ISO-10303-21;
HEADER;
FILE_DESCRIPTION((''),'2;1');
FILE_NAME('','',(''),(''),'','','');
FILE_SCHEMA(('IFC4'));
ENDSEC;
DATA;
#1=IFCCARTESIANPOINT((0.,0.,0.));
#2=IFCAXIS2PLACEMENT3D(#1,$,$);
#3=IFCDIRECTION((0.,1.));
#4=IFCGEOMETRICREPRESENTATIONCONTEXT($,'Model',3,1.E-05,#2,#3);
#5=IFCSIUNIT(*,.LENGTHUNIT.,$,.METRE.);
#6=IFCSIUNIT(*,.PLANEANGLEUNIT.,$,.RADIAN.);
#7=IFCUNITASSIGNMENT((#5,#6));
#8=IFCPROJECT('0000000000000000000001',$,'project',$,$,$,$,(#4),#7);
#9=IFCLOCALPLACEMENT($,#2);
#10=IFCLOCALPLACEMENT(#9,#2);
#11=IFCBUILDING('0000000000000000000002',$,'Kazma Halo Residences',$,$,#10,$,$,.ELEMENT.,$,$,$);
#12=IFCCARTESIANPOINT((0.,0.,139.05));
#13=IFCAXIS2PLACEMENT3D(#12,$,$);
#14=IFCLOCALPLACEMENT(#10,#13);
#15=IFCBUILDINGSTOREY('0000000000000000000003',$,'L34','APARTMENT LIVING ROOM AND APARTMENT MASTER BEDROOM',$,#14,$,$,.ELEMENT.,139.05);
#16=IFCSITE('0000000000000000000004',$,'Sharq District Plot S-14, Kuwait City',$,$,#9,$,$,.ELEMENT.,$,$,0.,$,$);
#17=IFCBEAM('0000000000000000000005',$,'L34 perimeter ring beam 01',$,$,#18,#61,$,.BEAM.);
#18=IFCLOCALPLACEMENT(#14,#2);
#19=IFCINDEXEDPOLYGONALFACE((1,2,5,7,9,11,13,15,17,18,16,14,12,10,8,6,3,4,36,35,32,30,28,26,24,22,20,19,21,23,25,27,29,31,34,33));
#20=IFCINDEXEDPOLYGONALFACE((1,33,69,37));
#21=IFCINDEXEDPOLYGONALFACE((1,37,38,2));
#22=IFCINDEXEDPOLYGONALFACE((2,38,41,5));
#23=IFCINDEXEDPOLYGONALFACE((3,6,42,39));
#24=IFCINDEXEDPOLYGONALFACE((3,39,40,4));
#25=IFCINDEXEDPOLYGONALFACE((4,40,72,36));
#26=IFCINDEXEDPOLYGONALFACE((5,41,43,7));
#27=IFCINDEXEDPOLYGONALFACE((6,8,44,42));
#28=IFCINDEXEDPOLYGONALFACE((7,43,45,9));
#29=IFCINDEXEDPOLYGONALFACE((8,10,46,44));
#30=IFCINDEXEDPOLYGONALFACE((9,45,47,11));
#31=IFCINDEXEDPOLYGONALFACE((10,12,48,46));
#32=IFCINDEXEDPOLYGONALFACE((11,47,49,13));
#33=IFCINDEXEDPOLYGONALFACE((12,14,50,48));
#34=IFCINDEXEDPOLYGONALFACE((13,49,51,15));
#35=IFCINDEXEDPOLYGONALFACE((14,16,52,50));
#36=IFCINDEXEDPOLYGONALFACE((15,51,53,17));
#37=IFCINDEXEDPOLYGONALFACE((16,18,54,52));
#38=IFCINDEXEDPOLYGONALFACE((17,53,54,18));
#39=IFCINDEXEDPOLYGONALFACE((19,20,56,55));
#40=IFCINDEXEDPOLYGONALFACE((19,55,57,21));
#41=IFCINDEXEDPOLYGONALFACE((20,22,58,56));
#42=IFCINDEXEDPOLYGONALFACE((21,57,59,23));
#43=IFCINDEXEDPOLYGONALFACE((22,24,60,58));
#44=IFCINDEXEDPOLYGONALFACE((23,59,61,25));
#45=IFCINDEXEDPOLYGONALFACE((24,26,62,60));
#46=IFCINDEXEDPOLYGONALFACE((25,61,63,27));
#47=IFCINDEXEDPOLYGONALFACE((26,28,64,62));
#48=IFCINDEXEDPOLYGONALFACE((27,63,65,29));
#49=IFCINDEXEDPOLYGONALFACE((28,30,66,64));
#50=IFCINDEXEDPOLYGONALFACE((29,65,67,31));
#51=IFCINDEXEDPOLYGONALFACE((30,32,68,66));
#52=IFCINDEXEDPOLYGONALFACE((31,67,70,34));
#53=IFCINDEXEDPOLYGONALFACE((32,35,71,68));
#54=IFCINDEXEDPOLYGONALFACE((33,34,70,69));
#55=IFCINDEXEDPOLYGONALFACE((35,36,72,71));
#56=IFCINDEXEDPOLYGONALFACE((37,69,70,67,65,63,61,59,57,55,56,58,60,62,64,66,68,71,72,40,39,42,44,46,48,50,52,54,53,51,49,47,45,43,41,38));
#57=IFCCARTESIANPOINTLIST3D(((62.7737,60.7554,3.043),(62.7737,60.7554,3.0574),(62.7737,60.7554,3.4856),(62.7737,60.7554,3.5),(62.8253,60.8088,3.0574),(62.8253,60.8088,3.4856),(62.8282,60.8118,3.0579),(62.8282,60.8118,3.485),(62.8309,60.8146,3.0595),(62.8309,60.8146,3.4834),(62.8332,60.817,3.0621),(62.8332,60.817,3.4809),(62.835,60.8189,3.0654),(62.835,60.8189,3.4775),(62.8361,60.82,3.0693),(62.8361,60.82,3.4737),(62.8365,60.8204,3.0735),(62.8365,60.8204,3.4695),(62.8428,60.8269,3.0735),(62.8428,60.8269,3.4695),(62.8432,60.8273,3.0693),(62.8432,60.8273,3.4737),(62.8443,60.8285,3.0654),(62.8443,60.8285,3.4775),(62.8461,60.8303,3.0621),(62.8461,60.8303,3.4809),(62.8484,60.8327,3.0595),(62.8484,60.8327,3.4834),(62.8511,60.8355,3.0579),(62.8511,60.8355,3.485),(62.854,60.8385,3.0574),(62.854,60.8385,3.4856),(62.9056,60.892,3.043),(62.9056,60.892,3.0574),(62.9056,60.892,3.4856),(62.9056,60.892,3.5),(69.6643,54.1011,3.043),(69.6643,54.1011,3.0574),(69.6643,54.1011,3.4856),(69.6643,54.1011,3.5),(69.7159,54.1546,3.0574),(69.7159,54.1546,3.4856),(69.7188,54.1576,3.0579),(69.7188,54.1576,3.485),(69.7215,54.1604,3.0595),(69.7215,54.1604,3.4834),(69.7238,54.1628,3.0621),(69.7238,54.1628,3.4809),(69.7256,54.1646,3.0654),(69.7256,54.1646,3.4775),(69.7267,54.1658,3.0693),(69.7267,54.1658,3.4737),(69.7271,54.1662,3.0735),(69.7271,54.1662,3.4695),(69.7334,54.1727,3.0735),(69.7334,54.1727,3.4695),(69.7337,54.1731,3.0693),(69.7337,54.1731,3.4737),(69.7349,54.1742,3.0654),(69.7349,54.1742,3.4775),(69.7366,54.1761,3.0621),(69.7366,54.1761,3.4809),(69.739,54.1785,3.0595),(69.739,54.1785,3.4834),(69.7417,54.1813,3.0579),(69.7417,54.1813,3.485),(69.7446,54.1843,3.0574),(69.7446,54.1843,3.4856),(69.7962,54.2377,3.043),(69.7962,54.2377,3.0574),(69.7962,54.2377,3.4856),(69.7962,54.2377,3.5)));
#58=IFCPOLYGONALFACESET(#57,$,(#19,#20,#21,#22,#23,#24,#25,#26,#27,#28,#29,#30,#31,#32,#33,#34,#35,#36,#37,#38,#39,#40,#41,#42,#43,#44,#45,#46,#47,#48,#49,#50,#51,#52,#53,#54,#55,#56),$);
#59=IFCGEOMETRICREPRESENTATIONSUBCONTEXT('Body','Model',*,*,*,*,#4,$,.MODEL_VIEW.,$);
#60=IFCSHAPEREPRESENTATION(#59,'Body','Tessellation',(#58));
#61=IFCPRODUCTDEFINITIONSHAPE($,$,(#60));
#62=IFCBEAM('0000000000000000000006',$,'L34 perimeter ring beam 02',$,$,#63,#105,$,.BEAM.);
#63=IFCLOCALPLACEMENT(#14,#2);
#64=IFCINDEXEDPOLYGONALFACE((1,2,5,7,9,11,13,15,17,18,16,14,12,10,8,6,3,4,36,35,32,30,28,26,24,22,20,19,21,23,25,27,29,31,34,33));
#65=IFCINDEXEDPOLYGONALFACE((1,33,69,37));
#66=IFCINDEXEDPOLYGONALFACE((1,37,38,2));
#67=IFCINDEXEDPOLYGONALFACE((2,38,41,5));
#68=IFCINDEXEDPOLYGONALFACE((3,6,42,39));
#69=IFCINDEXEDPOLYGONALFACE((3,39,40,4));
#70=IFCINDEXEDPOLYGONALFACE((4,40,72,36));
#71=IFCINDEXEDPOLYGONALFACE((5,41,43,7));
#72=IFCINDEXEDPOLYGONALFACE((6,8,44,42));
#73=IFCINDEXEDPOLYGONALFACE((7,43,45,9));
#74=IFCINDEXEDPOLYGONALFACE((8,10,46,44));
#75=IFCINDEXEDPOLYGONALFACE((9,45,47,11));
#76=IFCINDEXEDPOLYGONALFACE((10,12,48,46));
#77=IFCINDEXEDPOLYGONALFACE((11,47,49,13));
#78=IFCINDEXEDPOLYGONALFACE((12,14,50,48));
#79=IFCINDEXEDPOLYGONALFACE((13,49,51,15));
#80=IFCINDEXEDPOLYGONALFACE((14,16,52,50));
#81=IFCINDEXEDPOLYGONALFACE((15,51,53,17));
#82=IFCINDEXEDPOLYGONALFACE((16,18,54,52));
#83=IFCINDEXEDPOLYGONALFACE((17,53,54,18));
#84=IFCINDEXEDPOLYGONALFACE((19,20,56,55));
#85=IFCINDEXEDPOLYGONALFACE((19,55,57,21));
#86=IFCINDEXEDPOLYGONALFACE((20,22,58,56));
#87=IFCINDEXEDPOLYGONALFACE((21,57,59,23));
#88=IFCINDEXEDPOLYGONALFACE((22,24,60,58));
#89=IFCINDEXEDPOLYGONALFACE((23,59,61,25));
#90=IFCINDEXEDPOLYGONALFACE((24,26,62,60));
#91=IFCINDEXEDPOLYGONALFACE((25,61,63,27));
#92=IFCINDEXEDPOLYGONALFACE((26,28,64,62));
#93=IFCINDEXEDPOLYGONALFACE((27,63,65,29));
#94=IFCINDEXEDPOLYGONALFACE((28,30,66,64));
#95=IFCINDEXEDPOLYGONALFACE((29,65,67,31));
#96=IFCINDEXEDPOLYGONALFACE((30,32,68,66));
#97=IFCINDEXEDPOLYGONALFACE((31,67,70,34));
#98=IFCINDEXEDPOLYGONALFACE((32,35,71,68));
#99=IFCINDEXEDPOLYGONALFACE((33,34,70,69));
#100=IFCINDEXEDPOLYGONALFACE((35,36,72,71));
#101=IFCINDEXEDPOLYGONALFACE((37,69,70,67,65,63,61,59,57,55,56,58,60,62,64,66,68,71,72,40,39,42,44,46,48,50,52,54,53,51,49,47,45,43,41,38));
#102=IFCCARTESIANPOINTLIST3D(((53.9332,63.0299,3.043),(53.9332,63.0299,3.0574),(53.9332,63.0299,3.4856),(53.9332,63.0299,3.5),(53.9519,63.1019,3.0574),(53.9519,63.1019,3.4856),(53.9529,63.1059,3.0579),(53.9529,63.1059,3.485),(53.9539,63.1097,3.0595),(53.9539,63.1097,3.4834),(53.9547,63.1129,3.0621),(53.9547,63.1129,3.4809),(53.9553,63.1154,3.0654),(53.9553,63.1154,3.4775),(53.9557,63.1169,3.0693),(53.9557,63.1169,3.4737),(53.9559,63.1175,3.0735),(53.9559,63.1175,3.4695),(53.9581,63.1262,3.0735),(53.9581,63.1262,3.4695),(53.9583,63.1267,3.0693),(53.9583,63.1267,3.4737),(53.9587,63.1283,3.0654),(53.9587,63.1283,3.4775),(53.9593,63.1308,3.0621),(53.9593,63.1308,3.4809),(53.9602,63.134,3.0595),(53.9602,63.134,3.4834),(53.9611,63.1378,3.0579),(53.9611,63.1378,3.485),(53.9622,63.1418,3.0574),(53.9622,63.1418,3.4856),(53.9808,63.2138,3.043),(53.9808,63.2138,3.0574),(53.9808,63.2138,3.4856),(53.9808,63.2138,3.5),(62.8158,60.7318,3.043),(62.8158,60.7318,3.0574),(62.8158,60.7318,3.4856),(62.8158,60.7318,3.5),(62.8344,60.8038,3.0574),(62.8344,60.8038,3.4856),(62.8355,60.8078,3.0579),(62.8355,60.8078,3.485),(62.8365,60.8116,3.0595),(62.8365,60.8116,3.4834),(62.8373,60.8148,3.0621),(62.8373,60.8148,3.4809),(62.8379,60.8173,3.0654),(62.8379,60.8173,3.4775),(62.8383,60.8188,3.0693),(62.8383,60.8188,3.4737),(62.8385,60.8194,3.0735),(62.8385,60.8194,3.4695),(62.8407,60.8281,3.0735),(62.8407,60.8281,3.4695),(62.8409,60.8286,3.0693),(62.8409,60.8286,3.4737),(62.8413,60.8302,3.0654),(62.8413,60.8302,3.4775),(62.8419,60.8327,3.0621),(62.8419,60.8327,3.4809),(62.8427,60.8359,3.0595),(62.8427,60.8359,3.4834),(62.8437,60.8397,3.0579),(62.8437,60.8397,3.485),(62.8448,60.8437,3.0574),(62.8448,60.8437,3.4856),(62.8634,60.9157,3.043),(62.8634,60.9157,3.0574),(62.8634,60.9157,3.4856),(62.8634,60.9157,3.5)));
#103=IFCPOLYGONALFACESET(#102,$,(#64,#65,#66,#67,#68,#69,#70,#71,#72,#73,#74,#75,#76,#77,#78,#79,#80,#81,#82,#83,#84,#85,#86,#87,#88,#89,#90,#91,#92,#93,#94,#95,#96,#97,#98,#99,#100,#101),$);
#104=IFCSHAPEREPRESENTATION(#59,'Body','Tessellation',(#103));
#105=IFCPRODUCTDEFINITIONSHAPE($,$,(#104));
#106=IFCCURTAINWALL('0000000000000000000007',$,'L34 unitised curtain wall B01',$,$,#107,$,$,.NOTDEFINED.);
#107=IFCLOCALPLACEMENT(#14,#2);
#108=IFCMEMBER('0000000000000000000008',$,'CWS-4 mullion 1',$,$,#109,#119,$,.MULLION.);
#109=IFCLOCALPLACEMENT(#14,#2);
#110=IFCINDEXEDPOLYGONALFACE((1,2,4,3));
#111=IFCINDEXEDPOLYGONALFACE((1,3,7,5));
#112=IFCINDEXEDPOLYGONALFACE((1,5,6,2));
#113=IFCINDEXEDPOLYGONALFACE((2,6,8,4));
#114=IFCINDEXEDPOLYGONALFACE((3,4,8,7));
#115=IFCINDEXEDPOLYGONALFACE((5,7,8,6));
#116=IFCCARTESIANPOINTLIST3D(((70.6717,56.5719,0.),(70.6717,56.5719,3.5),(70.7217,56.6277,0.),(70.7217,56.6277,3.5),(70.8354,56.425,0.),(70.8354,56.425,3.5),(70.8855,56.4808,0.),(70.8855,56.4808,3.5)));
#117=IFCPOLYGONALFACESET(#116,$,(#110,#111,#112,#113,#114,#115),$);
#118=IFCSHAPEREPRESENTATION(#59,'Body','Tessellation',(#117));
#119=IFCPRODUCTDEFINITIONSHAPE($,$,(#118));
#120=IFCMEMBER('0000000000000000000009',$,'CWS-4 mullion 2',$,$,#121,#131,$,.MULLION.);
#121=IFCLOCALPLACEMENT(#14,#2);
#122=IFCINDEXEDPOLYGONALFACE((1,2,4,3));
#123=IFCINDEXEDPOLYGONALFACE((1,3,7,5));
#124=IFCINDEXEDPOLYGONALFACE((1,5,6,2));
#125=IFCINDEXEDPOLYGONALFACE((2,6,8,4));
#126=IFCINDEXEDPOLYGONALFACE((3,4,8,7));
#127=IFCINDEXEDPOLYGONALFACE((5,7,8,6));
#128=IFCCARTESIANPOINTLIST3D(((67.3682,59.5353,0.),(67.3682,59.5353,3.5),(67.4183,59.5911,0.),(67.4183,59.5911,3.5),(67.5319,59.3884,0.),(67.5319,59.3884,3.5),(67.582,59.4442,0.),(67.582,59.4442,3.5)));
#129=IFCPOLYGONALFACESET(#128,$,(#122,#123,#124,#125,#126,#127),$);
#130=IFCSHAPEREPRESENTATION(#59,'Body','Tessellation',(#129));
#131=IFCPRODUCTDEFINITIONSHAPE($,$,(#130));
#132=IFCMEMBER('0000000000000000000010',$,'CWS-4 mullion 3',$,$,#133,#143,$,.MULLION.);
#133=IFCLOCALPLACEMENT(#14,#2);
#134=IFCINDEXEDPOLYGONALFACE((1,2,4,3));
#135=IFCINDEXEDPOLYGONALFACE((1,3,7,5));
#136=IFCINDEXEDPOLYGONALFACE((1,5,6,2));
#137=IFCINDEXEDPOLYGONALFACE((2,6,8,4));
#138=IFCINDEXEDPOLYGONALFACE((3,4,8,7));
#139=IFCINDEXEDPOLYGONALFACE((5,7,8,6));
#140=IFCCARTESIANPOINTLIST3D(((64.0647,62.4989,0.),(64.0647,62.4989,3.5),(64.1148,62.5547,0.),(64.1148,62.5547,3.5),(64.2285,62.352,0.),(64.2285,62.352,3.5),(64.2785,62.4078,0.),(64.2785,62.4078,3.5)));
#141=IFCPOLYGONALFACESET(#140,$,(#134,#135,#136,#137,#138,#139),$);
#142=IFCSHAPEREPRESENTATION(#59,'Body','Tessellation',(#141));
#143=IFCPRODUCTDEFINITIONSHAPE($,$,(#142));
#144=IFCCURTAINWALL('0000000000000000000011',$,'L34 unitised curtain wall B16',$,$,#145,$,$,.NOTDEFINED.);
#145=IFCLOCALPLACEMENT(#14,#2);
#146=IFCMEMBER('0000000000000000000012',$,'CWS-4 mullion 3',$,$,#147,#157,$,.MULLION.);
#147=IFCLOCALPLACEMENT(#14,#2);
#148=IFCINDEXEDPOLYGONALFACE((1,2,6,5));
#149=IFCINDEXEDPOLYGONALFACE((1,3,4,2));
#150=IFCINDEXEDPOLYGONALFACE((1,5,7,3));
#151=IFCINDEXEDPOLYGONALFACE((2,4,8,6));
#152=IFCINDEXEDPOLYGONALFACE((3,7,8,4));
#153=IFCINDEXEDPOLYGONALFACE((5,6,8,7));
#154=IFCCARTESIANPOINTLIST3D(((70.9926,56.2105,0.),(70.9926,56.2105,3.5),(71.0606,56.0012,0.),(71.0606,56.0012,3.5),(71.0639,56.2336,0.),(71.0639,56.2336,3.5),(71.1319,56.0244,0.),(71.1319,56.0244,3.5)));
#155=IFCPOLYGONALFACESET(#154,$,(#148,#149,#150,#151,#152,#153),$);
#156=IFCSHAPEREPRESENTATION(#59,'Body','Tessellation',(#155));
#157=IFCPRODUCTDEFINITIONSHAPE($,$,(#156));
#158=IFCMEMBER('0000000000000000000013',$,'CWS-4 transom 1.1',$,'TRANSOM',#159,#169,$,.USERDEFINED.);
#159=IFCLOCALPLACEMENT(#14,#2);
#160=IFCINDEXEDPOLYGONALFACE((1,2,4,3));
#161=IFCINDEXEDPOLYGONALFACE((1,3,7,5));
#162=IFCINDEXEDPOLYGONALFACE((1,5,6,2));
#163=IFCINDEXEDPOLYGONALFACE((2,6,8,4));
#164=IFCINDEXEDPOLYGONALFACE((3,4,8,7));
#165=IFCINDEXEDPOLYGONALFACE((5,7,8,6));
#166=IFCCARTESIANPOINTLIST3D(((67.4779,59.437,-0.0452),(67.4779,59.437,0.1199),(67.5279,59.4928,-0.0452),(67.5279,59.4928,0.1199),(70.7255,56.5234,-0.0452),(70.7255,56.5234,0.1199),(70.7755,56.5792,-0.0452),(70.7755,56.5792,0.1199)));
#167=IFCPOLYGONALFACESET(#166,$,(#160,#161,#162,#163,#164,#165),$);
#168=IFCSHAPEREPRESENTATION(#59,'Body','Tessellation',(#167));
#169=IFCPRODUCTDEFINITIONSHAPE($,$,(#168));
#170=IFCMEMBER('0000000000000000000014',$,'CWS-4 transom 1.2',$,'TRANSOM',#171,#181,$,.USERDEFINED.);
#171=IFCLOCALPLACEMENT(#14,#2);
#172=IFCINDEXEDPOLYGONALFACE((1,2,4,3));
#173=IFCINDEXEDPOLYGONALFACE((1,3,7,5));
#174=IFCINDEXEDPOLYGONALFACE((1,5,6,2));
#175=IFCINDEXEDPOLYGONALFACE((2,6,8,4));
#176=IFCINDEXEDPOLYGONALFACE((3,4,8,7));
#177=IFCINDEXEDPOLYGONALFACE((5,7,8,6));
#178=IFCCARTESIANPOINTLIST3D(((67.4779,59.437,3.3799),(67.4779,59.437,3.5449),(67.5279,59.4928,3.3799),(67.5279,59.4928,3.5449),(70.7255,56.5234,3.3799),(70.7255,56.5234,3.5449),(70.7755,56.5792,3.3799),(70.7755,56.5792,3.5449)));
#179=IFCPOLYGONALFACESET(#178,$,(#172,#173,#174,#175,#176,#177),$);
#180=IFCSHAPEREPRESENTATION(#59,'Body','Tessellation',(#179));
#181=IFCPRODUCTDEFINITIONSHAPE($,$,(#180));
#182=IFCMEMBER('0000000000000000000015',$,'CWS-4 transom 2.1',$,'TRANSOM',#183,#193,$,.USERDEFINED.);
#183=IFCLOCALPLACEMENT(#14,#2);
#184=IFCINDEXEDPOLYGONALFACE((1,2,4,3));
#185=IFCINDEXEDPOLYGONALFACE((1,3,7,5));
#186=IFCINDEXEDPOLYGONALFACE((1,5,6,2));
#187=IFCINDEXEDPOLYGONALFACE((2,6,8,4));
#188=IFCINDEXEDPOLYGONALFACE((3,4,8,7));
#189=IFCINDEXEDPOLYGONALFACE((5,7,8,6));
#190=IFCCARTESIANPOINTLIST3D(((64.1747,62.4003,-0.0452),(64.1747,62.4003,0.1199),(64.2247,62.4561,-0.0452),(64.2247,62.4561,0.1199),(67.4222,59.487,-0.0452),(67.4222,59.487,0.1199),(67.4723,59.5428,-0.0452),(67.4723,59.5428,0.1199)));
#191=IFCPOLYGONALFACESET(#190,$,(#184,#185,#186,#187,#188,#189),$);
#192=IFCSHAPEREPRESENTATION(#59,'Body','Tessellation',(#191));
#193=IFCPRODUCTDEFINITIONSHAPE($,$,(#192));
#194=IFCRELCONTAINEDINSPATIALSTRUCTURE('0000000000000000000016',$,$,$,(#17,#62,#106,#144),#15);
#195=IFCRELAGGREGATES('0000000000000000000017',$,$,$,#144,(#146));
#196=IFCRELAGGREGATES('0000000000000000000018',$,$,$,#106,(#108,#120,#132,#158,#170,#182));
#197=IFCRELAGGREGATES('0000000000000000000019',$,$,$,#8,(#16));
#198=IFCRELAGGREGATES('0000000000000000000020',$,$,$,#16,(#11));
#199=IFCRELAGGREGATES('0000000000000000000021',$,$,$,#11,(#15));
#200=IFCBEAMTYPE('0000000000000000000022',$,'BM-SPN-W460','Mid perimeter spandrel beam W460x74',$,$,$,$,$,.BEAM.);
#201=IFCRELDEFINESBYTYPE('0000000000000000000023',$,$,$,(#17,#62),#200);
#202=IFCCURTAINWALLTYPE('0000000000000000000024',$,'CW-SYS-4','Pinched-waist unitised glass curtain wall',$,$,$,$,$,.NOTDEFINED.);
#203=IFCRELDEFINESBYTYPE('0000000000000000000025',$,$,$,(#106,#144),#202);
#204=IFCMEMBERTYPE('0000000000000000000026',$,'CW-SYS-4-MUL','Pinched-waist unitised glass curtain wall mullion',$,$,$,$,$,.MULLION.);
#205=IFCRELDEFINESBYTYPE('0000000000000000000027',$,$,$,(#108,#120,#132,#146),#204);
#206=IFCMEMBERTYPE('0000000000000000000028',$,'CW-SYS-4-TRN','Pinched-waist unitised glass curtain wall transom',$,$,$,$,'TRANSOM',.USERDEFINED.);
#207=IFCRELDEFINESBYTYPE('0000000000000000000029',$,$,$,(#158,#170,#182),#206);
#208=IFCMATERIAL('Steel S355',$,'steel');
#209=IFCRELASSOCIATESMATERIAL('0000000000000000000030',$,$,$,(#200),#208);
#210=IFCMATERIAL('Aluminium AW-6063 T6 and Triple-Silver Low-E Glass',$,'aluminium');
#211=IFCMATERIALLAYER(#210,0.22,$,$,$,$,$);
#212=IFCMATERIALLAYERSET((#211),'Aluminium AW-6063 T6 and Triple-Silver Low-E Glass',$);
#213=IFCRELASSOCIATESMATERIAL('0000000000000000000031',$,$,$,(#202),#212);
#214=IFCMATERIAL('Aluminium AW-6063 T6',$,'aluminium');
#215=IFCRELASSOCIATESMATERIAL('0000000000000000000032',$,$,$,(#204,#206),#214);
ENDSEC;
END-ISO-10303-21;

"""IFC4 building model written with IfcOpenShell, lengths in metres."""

from ifc_helpers import new_model, si_unit, direction, frame, origin, origin_2d, place, context, subcontext, project, spatial, rectangle, i_section, extrude, material, layer, layer_set, material_profile, profile_set, type_object, element, aggregate, save


model = new_model("IFC4")

# Units and contexts
model_context = context("Model", 3, precision=1e-05, world=origin(), true_north=direction((0.0, 1.0)))
body_context = subcontext(model_context, "Body", "Model", "MODEL_VIEW")
ifc_project = project(units=[si_unit("LENGTHUNIT", "METRE"), si_unit("PLANEANGLEUNIT", "RADIAN")], contexts=[model_context])

# Site, building, storey
site_placement = place(None, origin())
site = spatial("IfcSite", under=ifc_project, at=site_placement, Name="Sharq District Plot S-14, Kuwait City", CompositionType="ELEMENT", RefElevation=0.0)
building_placement = place(site_placement, origin())
building = spatial("IfcBuilding", under=site, at=building_placement, Name="Kazma Halo Residences", CompositionType="ELEMENT")
storey_placement = place(building_placement, frame((0.0, 0.0, 139.05)))
storey = spatial("IfcBuildingStorey", under=building, at=storey_placement, Name="L34", Description="APARTMENT LIVING ROOM AND APARTMENT MASTER BEDROOM", CompositionType="ELEMENT", Elevation=139.05)

# Beams
ifc_material_1 = material(Name="Steel S355", Category="steel")
ifc_material_profile_1 = material_profile(ifc_material_1, i_section(OverallWidth=0.1899, OverallDepth=0.457, WebThickness=0.009, FlangeThickness=0.0144, FilletRadius=0.0161, at=origin_2d()), Name="W460x74")
ifc_profile_set_1 = profile_set([ifc_material_profile_1], Name="Steel S355")
beam_type_1 = type_object("IfcBeamType", Name="BM-SPN-W460", Description="Mid perimeter spandrel beam W460x74", PredefinedType="BEAM", material=ifc_profile_set_1)
beam_1_placement = place(storey_placement, frame((69.7302, 54.1694, 3.2715), z_axis=(-0.719335, 0.694664, 0.0), x_axis=(-0.694664, -0.719335, 0.0)))
element("IfcBeam", 1, at=beam_1_placement, inside=storey, type_object=beam_type_1, Name="L34 perimeter ring beam 01", PredefinedType="BEAM", context=body_context, shape_type="SweptSolid", body=[
    extrude(i_section(OverallWidth=0.1899, OverallDepth=0.457, WebThickness=0.009, FlangeThickness=0.0144, FilletRadius=0.0161, at=origin_2d()), origin(), (0.0, 0.0, 1.0), 9.5791),
])
beam_2_placement = place(storey_placement, frame((62.8396, 60.8237, 3.2715), z_axis=(-0.968124, 0.250473, 0.0), x_axis=(-0.250473, -0.968124, 0.0)))
element("IfcBeam", 2, at=beam_2_placement, inside=storey, type_object=beam_type_1, Name="L34 perimeter ring beam 02", PredefinedType="BEAM", context=body_context, shape_type="SweptSolid", body=[
    extrude(i_section(OverallWidth=0.1899, OverallDepth=0.457, WebThickness=0.009, FlangeThickness=0.0144, FilletRadius=0.0161, at=origin_2d()), origin(), (0.0, 0.0, 1.0), 9.175),
])

# Curtain wall, members
ifc_material_2 = material(Name="Aluminium AW-6063 T6 and Triple-Silver Low-E Glass", Category="aluminium")
ifc_layer_1 = layer(ifc_material_2, 0.22)
ifc_layer_set_1 = layer_set([ifc_layer_1], Name="Aluminium AW-6063 T6 and Triple-Silver Low-E Glass")
curtain_wall_type = type_object("IfcCurtainWallType", Name="CW-SYS-4", Description="Pinched-waist unitised glass curtain wall", PredefinedType="NOTDEFINED", material=ifc_layer_set_1)
curtain_wall_1_placement = place(storey_placement, origin())
curtain_wall_1 = element("IfcCurtainWall", 3, at=curtain_wall_1_placement, inside=storey, type_object=curtain_wall_type, Name="L34 unitised curtain wall B01", PredefinedType="NOTDEFINED")
ifc_material_3 = material(Name="Aluminium AW-6063 T6", Category="aluminium")
ifc_material_profile_2 = material_profile(ifc_material_3, rectangle(XDim=0.075, YDim=0.22, at=origin_2d()), Name="CWM-75x220")
ifc_profile_set_2 = profile_set([ifc_material_profile_2], Name="Aluminium AW-6063 T6")
member_type_1 = type_object("IfcMemberType", Name="CW-SYS-4-MUL", Description="Pinched-waist unitised glass curtain wall mullion", PredefinedType="MULLION", material=ifc_profile_set_2)
member_1_placement = place(storey_placement, frame((70.7786, 56.5264, 0.0), z_axis=(0.0, 0.0, 1.0), x_axis=(-0.66777, -0.744368, 0.0)))
member_1 = element("IfcMember", 4, at=member_1_placement, type_object=member_type_1, Name="CWS-4 mullion 1", PredefinedType="MULLION", context=body_context, shape_type="SweptSolid", body=[
    extrude(rectangle(XDim=0.075, YDim=0.22, at=origin_2d()), origin(), (0.0, 0.0, 1.0), 3.5),
])
member_2_placement = place(storey_placement, frame((67.4751, 59.4897, 0.0), z_axis=(0.0, 0.0, 1.0), x_axis=(-0.66777, -0.744368, 0.0)))
member_2 = element("IfcMember", 5, at=member_2_placement, type_object=member_type_1, Name="CWS-4 mullion 2", PredefinedType="MULLION", context=body_context, shape_type="SweptSolid", body=[
    extrude(rectangle(XDim=0.075, YDim=0.22, at=origin_2d()), origin(), (0.0, 0.0, 1.0), 3.5),
])
member_3_placement = place(storey_placement, frame((64.1716, 62.4534, 0.0), z_axis=(0.0, 0.0, 1.0), x_axis=(-0.66777, -0.744368, 0.0)))
member_3 = element("IfcMember", 6, at=member_3_placement, type_object=member_type_1, Name="CWS-4 mullion 3", PredefinedType="MULLION", context=body_context, shape_type="SweptSolid", body=[
    extrude(rectangle(XDim=0.075, YDim=0.22, at=origin_2d()), origin(), (0.0, 0.0, 1.0), 3.5),
])

# Curtain wall, member
curtain_wall_2_placement = place(storey_placement, origin())
curtain_wall_2 = element("IfcCurtainWall", 7, at=curtain_wall_2_placement, inside=storey, type_object=curtain_wall_type, Name="L34 unitised curtain wall B16", PredefinedType="NOTDEFINED")
member_4_placement = place(storey_placement, frame((71.0623, 56.1174, 0.0), z_axis=(0.0, 0.0, 1.0), x_axis=(-0.951058, -0.309014, 0.0)))
member_4 = element("IfcMember", 8, at=member_4_placement, type_object=member_type_1, Name="CWS-4 mullion 3", PredefinedType="MULLION", context=body_context, shape_type="SweptSolid", body=[
    extrude(rectangle(XDim=0.075, YDim=0.22, at=origin_2d()), origin(), (0.0, 0.0, 1.0), 3.5),
])
aggregate(curtain_wall_2, [member_4])

# Members
ifc_material_profile_3 = material_profile(ifc_material_3, rectangle(XDim=0.075, YDim=0.165, at=origin_2d()), Name="CWT-75x165")
ifc_profile_set_3 = profile_set([ifc_material_profile_3], Name="Aluminium AW-6063 T6")
member_type_2 = type_object("IfcMemberType", Name="CW-SYS-4-TRN", Description="Pinched-waist unitised glass curtain wall transom", ElementType="TRANSOM", PredefinedType="USERDEFINED", material=ifc_profile_set_3)
member_5_placement = place(storey_placement, frame((70.7505, 56.5513, 0.0374), z_axis=(-0.744345, 0.667795, 0.0), x_axis=(-0.667795, -0.744345, 0.0)))
member_5 = element("IfcMember", 9, at=member_5_placement, type_object=member_type_2, Name="CWS-4 transom 1.1", ObjectType="TRANSOM", PredefinedType="USERDEFINED", context=body_context, shape_type="SweptSolid", body=[
    extrude(rectangle(XDim=0.075, YDim=0.165, at=origin_2d()), origin(), (0.0, 0.0, 1.0), 4.363),
])
member_6_placement = place(storey_placement, frame((70.7505, 56.5513, 3.4624), z_axis=(-0.744345, 0.667795, 0.0), x_axis=(-0.667795, -0.744345, 0.0)))
member_6 = element("IfcMember", 10, at=member_6_placement, type_object=member_type_2, Name="CWS-4 transom 1.2", ObjectType="TRANSOM", PredefinedType="USERDEFINED", context=body_context, shape_type="SweptSolid", body=[
    extrude(rectangle(XDim=0.075, YDim=0.165, at=origin_2d()), origin(), (0.0, 0.0, 1.0), 4.363),
])
member_7_placement = place(storey_placement, frame((67.4473, 59.5149, 0.0374), z_axis=(-0.744373, 0.667764, 0.0), x_axis=(-0.667764, -0.744373, 0.0)))
member_7 = element("IfcMember", 11, at=member_7_placement, type_object=member_type_2, Name="CWS-4 transom 2.1", ObjectType="TRANSOM", PredefinedType="USERDEFINED", context=body_context, shape_type="SweptSolid", body=[
    extrude(rectangle(XDim=0.075, YDim=0.165, at=origin_2d()), origin(), (0.0, 0.0, 1.0), 4.3628),
])

aggregate(curtain_wall_1, [member_1, member_2, member_3, member_5, member_6, member_7])

save(model, "model.ifc")
